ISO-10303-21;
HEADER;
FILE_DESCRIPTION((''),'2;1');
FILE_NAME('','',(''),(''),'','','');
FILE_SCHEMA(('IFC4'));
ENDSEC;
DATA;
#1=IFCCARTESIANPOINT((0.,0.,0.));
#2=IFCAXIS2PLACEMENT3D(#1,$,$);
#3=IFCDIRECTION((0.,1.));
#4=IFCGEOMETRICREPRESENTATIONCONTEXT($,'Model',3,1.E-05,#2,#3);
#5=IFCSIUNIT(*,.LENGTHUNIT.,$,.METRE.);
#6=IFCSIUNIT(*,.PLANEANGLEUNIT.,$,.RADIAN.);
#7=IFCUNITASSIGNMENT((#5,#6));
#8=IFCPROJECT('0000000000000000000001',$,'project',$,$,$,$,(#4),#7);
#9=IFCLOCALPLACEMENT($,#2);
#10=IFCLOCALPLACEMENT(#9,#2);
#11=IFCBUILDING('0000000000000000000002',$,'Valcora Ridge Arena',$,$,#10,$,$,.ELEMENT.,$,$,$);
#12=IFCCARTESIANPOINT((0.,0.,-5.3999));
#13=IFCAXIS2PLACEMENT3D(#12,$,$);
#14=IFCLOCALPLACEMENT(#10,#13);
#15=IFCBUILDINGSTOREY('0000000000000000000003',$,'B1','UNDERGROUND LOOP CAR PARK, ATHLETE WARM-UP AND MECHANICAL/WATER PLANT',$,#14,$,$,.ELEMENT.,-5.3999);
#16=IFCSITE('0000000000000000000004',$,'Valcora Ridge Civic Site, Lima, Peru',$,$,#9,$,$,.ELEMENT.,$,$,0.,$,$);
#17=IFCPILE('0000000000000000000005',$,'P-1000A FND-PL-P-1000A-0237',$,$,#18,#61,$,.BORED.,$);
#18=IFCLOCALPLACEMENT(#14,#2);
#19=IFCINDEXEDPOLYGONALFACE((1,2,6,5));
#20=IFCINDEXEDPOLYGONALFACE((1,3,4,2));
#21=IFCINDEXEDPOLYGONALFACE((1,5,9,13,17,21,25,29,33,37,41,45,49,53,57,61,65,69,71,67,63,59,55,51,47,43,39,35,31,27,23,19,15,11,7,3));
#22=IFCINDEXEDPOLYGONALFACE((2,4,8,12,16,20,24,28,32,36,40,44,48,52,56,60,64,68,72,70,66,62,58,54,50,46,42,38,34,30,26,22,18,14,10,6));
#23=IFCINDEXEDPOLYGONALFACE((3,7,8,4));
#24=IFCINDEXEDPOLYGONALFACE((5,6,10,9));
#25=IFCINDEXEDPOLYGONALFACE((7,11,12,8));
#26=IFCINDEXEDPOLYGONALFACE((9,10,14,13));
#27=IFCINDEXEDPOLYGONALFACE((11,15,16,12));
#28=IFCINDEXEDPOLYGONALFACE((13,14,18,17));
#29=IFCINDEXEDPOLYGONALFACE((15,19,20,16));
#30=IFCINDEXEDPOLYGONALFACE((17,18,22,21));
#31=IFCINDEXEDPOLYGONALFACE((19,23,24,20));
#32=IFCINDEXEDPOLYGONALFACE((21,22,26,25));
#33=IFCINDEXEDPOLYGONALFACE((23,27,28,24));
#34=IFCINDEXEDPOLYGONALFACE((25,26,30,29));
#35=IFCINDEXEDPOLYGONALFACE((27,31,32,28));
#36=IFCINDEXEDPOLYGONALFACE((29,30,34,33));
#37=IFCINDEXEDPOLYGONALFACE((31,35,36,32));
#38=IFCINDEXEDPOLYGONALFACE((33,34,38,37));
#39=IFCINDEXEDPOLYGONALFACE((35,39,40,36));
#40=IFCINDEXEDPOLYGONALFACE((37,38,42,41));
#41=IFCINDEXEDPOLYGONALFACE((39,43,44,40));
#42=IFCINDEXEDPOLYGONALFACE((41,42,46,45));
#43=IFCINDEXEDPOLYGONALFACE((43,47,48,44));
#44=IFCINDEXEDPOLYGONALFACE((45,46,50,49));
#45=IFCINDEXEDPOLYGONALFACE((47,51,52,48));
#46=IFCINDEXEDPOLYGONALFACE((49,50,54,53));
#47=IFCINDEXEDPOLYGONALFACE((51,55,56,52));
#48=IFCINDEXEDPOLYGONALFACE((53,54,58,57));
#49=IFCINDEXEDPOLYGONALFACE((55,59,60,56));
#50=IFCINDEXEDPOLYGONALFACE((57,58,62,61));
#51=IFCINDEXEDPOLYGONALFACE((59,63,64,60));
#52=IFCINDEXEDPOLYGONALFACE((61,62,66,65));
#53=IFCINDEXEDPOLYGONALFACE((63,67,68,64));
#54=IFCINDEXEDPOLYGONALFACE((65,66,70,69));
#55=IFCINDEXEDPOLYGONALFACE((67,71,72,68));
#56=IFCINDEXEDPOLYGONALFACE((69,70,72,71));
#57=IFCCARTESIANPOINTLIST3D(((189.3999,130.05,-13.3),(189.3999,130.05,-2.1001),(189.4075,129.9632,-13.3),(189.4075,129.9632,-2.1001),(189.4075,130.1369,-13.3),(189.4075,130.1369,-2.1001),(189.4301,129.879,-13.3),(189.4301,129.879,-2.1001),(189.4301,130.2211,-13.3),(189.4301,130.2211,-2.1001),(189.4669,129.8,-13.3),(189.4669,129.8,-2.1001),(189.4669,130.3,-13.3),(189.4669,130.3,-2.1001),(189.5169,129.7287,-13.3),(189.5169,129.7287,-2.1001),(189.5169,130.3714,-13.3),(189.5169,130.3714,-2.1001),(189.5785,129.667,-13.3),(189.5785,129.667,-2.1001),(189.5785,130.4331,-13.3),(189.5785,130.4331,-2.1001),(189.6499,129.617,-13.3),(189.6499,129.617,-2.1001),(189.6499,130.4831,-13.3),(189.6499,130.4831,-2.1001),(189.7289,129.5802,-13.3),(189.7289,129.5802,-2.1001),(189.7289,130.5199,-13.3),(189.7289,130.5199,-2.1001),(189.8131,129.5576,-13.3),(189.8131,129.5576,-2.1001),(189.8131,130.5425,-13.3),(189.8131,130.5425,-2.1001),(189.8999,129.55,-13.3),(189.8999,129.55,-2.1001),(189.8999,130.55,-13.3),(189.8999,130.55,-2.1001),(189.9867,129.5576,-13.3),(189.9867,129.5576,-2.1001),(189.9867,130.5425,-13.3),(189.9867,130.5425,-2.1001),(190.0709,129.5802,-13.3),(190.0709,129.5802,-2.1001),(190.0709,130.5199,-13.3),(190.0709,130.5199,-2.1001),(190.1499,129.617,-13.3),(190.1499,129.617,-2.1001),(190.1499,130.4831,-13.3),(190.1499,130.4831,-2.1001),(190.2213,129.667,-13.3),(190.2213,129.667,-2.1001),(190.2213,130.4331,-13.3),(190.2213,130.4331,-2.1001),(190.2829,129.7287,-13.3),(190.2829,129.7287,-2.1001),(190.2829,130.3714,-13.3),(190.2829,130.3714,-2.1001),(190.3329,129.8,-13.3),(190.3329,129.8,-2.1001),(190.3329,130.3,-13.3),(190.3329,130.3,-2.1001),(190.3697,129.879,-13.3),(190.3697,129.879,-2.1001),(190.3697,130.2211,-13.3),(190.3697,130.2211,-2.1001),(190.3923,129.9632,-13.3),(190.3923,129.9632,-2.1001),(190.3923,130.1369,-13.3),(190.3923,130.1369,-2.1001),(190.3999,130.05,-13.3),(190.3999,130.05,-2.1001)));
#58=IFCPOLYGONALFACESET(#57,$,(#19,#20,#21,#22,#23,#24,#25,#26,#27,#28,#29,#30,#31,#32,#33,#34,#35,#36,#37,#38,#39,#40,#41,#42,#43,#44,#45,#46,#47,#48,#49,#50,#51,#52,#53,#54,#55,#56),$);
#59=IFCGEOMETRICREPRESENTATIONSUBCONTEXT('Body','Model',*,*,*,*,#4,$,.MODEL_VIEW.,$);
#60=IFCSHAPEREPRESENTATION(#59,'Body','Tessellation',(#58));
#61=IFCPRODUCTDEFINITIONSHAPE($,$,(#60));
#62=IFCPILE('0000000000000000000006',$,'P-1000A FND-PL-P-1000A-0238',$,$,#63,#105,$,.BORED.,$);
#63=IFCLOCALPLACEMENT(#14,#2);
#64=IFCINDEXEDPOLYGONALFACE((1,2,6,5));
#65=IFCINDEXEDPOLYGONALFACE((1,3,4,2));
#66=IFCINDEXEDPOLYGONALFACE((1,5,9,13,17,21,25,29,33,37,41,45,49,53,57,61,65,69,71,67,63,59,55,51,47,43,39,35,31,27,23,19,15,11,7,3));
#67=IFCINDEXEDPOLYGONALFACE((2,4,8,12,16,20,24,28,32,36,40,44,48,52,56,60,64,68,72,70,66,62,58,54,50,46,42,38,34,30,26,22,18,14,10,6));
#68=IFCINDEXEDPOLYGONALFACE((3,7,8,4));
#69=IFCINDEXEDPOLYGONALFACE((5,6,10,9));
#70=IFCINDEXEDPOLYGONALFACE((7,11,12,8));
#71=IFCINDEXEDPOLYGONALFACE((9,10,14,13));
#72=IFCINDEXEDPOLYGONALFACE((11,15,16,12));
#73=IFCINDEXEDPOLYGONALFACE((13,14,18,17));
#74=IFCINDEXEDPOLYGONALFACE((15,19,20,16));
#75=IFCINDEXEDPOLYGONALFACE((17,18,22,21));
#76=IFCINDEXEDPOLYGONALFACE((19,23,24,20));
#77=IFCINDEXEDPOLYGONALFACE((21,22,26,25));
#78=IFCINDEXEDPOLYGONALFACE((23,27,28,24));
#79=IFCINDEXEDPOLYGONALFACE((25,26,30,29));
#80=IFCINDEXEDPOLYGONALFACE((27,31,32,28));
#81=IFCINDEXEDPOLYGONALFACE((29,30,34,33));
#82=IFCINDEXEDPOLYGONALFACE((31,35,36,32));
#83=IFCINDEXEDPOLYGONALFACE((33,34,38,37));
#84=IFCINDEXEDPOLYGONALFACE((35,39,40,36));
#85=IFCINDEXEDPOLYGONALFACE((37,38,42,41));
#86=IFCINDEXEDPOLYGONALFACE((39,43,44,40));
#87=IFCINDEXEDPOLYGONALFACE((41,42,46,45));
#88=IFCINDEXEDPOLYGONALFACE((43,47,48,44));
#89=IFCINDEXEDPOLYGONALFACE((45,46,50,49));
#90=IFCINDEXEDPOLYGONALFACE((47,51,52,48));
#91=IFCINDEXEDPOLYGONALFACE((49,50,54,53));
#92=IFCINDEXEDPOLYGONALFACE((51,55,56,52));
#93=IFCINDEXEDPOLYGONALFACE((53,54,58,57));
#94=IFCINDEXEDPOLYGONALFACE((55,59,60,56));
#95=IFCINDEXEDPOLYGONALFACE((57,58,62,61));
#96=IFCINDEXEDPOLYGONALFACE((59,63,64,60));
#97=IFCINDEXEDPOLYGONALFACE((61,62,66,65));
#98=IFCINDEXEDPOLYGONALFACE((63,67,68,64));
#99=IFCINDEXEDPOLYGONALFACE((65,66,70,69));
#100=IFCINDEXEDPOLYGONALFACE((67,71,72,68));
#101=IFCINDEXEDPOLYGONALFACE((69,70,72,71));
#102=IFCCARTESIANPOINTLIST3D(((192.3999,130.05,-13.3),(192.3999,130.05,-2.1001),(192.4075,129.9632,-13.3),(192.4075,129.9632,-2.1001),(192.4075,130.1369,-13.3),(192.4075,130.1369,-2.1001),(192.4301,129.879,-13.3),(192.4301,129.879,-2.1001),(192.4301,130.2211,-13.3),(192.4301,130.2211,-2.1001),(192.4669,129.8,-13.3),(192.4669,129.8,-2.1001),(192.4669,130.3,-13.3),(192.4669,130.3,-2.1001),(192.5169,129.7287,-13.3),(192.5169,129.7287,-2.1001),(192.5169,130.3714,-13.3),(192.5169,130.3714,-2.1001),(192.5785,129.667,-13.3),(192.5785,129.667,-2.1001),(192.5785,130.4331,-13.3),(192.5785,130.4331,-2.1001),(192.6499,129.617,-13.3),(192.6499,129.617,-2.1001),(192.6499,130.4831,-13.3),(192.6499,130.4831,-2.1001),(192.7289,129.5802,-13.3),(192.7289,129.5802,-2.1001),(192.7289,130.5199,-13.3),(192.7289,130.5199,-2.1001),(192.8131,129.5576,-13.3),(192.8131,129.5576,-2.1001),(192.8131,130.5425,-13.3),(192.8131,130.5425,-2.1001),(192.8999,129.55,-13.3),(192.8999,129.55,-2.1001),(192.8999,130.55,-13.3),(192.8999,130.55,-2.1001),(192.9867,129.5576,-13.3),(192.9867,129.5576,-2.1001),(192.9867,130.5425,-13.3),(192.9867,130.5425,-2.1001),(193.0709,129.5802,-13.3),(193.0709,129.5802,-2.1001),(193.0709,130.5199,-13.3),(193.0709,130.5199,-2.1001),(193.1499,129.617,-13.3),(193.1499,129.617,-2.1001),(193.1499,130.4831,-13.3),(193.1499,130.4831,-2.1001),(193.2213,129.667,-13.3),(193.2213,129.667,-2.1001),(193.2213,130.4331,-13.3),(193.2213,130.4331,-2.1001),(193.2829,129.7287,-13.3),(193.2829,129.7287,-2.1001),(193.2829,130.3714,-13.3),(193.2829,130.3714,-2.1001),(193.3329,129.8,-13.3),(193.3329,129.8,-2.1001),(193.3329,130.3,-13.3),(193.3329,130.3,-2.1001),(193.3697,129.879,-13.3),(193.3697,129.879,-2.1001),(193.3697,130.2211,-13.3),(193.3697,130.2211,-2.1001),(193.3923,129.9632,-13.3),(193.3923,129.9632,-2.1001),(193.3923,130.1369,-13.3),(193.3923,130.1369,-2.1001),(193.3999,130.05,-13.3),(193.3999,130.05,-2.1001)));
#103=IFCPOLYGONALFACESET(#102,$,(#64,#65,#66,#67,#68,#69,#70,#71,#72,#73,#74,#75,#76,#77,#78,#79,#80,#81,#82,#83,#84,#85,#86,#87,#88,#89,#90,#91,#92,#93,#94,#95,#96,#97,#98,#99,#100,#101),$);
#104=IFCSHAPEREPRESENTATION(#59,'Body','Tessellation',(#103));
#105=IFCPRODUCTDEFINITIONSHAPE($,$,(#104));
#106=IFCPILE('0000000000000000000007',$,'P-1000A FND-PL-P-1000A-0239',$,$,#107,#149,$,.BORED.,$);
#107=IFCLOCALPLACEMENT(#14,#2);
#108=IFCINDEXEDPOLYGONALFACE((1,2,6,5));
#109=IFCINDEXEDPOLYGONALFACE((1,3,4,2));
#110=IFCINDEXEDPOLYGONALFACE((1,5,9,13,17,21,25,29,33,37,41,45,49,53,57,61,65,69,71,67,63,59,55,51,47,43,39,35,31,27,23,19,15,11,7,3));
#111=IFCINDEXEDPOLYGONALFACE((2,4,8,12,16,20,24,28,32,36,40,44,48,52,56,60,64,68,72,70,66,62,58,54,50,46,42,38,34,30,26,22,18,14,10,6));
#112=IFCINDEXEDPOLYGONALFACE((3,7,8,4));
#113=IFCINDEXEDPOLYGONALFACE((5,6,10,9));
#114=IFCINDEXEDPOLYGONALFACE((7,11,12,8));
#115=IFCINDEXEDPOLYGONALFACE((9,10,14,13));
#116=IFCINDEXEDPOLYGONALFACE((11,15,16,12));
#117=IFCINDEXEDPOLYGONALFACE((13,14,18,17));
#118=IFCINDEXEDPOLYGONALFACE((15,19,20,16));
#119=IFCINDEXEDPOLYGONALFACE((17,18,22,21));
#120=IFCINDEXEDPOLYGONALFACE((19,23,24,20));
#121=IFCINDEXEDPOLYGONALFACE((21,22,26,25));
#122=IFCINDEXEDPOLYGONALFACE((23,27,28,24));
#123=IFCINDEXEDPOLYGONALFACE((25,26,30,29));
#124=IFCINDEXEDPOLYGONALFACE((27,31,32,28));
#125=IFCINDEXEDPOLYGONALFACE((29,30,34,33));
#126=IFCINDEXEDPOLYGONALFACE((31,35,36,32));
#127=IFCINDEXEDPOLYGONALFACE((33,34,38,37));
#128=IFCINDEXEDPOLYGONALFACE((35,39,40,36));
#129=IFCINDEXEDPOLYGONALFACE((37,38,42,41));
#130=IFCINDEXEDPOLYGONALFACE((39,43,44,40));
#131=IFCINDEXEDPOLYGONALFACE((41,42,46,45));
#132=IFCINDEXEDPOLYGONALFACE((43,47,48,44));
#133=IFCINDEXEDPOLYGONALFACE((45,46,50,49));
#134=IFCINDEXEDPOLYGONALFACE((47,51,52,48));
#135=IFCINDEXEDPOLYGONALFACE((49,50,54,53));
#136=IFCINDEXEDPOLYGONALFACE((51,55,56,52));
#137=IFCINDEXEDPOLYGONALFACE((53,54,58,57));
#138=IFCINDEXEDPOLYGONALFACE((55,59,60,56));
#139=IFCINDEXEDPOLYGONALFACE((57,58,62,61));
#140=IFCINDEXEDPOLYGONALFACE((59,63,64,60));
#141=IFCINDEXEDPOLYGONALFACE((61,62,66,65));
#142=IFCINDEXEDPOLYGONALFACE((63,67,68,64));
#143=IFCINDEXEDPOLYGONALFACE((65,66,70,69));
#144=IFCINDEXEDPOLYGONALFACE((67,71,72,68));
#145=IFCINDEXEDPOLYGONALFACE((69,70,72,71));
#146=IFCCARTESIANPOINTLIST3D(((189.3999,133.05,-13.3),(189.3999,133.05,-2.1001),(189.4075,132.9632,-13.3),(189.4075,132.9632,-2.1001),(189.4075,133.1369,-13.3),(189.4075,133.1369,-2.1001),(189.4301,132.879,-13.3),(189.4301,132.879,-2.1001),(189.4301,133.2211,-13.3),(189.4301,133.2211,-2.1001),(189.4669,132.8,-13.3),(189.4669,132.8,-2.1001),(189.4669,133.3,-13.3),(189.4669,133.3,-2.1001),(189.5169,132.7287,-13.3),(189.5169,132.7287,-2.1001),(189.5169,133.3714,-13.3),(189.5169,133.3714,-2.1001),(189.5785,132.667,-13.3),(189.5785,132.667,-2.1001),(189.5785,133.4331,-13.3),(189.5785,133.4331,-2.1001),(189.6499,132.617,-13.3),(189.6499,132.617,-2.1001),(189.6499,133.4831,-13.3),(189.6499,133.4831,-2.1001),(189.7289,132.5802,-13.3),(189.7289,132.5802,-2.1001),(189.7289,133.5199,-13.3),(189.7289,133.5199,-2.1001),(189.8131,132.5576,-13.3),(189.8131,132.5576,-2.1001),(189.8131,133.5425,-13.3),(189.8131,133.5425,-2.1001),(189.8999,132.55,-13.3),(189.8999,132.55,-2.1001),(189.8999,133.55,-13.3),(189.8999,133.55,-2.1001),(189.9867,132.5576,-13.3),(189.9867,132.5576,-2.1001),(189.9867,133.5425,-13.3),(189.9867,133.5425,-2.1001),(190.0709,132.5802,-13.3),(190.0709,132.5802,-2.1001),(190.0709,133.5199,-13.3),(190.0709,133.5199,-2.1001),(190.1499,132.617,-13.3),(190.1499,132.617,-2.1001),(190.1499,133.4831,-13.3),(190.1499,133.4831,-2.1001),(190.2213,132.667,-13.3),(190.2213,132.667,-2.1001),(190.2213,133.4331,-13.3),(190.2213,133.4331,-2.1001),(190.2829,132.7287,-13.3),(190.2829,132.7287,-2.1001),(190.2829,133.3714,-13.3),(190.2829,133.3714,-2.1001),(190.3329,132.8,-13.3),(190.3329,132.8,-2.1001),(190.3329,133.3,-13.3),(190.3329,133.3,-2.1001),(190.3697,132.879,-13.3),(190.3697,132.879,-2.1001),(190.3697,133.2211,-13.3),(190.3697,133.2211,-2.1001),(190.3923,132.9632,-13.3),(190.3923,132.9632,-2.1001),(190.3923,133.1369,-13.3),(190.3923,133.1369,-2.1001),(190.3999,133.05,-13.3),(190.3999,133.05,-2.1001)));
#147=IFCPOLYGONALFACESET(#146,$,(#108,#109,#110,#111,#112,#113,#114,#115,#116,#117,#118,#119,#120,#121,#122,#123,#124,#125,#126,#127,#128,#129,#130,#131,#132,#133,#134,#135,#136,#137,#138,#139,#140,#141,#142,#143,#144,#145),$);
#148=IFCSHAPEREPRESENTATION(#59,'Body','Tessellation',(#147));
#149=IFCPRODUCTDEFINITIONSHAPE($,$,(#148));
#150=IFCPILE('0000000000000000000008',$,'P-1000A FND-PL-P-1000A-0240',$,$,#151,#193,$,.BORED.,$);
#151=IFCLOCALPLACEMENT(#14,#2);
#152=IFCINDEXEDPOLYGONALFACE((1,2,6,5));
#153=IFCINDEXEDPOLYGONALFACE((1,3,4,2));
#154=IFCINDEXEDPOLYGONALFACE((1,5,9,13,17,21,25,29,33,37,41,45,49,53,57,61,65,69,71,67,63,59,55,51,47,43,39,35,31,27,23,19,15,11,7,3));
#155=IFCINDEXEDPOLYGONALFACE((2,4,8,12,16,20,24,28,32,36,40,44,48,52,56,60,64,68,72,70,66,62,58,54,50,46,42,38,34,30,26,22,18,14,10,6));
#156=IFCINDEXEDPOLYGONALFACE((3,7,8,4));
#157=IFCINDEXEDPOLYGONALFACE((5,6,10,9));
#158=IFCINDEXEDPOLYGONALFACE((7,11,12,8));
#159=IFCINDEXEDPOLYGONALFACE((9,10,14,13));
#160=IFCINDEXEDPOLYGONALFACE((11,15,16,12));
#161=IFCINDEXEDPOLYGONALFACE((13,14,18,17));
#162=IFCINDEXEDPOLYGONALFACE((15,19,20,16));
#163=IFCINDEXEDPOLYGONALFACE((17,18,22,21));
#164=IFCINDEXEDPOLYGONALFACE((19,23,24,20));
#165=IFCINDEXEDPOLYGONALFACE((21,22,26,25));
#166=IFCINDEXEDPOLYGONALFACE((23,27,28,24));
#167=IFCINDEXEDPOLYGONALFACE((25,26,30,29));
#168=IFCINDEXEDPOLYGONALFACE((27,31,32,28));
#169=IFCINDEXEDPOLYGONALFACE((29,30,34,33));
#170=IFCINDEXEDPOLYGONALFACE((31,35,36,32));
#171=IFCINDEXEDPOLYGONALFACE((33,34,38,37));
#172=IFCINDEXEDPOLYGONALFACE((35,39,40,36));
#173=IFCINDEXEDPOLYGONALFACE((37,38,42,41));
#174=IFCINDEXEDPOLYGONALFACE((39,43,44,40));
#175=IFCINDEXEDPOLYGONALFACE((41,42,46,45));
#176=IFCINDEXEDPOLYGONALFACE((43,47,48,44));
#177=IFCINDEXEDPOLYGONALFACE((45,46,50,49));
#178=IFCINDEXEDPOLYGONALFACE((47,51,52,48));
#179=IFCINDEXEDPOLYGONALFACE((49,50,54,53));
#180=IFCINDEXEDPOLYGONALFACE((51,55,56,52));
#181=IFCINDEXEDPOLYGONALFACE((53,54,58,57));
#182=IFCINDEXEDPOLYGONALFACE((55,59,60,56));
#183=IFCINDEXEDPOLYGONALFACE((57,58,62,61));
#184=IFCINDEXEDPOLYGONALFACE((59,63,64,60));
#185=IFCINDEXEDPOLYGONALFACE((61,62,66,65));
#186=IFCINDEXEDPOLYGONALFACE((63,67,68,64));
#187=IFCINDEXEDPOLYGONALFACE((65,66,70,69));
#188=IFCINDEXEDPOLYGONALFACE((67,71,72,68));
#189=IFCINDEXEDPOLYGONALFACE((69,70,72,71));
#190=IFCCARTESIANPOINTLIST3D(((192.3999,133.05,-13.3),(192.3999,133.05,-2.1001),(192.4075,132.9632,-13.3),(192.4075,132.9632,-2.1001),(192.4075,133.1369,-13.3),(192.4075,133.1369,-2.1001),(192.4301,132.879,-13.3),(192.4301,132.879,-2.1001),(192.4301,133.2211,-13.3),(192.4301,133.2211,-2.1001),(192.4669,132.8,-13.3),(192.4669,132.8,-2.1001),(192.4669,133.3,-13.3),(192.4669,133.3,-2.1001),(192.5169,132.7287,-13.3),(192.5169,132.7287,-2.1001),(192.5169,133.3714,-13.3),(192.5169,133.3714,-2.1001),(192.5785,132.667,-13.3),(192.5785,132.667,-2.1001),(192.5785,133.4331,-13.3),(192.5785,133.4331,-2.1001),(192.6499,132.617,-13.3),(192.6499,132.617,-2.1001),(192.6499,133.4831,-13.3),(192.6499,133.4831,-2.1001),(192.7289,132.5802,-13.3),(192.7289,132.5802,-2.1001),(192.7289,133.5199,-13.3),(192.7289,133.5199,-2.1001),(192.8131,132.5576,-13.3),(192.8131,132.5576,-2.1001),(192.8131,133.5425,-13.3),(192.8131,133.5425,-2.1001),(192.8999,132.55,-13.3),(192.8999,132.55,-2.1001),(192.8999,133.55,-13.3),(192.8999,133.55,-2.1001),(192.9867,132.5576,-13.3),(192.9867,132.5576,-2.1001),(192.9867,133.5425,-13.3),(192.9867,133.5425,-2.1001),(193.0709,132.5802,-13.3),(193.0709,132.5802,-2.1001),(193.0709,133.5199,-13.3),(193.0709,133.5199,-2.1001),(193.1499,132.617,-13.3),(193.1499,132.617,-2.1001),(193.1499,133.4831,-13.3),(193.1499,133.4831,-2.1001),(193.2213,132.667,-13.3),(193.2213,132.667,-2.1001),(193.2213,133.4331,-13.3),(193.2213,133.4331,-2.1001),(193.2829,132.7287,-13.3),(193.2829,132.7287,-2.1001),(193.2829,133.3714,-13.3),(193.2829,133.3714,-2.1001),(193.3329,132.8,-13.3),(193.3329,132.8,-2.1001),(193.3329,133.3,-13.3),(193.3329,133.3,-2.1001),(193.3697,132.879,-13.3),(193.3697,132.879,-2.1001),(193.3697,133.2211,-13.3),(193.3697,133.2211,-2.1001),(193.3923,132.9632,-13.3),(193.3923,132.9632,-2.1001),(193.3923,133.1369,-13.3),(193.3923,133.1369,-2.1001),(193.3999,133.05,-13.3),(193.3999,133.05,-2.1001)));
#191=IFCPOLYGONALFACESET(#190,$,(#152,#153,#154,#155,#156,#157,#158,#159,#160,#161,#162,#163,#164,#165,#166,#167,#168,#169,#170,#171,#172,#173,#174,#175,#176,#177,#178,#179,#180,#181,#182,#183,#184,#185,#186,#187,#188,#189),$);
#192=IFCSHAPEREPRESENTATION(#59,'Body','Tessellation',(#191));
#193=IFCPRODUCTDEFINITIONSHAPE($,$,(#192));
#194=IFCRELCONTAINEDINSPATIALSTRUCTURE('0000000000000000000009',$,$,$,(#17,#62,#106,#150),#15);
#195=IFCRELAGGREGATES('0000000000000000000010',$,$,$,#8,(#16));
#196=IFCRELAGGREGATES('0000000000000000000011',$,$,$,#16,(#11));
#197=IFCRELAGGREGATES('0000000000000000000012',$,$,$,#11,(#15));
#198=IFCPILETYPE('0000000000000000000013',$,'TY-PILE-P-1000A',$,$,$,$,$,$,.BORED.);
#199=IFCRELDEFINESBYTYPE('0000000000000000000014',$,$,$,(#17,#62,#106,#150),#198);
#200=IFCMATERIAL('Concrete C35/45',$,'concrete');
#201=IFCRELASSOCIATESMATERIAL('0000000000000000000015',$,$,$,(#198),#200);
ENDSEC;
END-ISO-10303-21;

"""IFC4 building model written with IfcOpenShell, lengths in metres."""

from ifc_helpers import new_model, si_unit, direction, frame, origin, origin_2d, place, context, subcontext, project, spatial, circle, extrude, material, material_profile, profile_set, type_object, element, save


model = new_model("IFC4")

# Units and contexts
model_context = context("Model", 3, precision=1e-05, world=origin(), true_north=direction((0.0, 1.0)))
body_context = subcontext(model_context, "Body", "Model", "MODEL_VIEW")
ifc_project = project(units=[si_unit("LENGTHUNIT", "METRE"), si_unit("PLANEANGLEUNIT", "RADIAN")], contexts=[model_context])

# Site, building, storey
site_placement = place(None, origin())
site = spatial("IfcSite", under=ifc_project, at=site_placement, Name="Valcora Ridge Civic Site, Lima, Peru", CompositionType="ELEMENT", RefElevation=0.0)
building_placement = place(site_placement, origin())
building = spatial("IfcBuilding", under=site, at=building_placement, Name="Valcora Ridge Arena", CompositionType="ELEMENT")
storey_placement = place(building_placement, frame((0.0, 0.0, -5.3999)))
storey = spatial("IfcBuildingStorey", under=building, at=storey_placement, Name="B1", Description="UNDERGROUND LOOP CAR PARK, ATHLETE WARM-UP AND MECHANICAL/WATER PLANT", CompositionType="ELEMENT", Elevation=-5.3999)

# Piles
ifc_material_1 = material(Name="Concrete C35/45", Category="concrete")
ifc_material_profile_1 = material_profile(ifc_material_1, circle(Radius=0.5, at=origin_2d()), Name="BORED PILE D1000")
ifc_profile_set_1 = profile_set([ifc_material_profile_1], Name="Concrete C35/45")
pile_type_1 = type_object("IfcPileType", Name="TY-PILE-P-1000A", PredefinedType="BORED", material=ifc_profile_set_1)
for number, where, z_axis, x_axis, name in (
    (1, (189.8999, 130.05, -2.1001), (0.0, 0.0, -1.0), (1.0, 0.0, 0.0), "P-1000A FND-PL-P-1000A-0237"),
    (2, (192.8999, 130.05, -2.1001), (0.0, 0.0, -1.0), (1.0, 0.0, 0.0), "P-1000A FND-PL-P-1000A-0238"),
    (3, (189.8999, 133.05, -2.1001), (0.0, 0.0, -1.0), (1.0, 0.0, 0.0), "P-1000A FND-PL-P-1000A-0239"),
    (4, (192.8999, 133.05, -2.1001), (0.0, 0.0, -1.0), (1.0, 0.0, 0.0), "P-1000A FND-PL-P-1000A-0240"),
):
    element("IfcPile", number, at=place(storey_placement, frame(where, z_axis=z_axis, x_axis=x_axis)), inside=storey, type_object=pile_type_1, Name=name, PredefinedType="BORED", context=body_context, shape_type="SweptSolid", body=[
        extrude(circle(Radius=0.5, at=origin_2d()), origin(), (0.0, 0.0, 1.0), 11.2),
    ])

save(model, "model.ifc")
